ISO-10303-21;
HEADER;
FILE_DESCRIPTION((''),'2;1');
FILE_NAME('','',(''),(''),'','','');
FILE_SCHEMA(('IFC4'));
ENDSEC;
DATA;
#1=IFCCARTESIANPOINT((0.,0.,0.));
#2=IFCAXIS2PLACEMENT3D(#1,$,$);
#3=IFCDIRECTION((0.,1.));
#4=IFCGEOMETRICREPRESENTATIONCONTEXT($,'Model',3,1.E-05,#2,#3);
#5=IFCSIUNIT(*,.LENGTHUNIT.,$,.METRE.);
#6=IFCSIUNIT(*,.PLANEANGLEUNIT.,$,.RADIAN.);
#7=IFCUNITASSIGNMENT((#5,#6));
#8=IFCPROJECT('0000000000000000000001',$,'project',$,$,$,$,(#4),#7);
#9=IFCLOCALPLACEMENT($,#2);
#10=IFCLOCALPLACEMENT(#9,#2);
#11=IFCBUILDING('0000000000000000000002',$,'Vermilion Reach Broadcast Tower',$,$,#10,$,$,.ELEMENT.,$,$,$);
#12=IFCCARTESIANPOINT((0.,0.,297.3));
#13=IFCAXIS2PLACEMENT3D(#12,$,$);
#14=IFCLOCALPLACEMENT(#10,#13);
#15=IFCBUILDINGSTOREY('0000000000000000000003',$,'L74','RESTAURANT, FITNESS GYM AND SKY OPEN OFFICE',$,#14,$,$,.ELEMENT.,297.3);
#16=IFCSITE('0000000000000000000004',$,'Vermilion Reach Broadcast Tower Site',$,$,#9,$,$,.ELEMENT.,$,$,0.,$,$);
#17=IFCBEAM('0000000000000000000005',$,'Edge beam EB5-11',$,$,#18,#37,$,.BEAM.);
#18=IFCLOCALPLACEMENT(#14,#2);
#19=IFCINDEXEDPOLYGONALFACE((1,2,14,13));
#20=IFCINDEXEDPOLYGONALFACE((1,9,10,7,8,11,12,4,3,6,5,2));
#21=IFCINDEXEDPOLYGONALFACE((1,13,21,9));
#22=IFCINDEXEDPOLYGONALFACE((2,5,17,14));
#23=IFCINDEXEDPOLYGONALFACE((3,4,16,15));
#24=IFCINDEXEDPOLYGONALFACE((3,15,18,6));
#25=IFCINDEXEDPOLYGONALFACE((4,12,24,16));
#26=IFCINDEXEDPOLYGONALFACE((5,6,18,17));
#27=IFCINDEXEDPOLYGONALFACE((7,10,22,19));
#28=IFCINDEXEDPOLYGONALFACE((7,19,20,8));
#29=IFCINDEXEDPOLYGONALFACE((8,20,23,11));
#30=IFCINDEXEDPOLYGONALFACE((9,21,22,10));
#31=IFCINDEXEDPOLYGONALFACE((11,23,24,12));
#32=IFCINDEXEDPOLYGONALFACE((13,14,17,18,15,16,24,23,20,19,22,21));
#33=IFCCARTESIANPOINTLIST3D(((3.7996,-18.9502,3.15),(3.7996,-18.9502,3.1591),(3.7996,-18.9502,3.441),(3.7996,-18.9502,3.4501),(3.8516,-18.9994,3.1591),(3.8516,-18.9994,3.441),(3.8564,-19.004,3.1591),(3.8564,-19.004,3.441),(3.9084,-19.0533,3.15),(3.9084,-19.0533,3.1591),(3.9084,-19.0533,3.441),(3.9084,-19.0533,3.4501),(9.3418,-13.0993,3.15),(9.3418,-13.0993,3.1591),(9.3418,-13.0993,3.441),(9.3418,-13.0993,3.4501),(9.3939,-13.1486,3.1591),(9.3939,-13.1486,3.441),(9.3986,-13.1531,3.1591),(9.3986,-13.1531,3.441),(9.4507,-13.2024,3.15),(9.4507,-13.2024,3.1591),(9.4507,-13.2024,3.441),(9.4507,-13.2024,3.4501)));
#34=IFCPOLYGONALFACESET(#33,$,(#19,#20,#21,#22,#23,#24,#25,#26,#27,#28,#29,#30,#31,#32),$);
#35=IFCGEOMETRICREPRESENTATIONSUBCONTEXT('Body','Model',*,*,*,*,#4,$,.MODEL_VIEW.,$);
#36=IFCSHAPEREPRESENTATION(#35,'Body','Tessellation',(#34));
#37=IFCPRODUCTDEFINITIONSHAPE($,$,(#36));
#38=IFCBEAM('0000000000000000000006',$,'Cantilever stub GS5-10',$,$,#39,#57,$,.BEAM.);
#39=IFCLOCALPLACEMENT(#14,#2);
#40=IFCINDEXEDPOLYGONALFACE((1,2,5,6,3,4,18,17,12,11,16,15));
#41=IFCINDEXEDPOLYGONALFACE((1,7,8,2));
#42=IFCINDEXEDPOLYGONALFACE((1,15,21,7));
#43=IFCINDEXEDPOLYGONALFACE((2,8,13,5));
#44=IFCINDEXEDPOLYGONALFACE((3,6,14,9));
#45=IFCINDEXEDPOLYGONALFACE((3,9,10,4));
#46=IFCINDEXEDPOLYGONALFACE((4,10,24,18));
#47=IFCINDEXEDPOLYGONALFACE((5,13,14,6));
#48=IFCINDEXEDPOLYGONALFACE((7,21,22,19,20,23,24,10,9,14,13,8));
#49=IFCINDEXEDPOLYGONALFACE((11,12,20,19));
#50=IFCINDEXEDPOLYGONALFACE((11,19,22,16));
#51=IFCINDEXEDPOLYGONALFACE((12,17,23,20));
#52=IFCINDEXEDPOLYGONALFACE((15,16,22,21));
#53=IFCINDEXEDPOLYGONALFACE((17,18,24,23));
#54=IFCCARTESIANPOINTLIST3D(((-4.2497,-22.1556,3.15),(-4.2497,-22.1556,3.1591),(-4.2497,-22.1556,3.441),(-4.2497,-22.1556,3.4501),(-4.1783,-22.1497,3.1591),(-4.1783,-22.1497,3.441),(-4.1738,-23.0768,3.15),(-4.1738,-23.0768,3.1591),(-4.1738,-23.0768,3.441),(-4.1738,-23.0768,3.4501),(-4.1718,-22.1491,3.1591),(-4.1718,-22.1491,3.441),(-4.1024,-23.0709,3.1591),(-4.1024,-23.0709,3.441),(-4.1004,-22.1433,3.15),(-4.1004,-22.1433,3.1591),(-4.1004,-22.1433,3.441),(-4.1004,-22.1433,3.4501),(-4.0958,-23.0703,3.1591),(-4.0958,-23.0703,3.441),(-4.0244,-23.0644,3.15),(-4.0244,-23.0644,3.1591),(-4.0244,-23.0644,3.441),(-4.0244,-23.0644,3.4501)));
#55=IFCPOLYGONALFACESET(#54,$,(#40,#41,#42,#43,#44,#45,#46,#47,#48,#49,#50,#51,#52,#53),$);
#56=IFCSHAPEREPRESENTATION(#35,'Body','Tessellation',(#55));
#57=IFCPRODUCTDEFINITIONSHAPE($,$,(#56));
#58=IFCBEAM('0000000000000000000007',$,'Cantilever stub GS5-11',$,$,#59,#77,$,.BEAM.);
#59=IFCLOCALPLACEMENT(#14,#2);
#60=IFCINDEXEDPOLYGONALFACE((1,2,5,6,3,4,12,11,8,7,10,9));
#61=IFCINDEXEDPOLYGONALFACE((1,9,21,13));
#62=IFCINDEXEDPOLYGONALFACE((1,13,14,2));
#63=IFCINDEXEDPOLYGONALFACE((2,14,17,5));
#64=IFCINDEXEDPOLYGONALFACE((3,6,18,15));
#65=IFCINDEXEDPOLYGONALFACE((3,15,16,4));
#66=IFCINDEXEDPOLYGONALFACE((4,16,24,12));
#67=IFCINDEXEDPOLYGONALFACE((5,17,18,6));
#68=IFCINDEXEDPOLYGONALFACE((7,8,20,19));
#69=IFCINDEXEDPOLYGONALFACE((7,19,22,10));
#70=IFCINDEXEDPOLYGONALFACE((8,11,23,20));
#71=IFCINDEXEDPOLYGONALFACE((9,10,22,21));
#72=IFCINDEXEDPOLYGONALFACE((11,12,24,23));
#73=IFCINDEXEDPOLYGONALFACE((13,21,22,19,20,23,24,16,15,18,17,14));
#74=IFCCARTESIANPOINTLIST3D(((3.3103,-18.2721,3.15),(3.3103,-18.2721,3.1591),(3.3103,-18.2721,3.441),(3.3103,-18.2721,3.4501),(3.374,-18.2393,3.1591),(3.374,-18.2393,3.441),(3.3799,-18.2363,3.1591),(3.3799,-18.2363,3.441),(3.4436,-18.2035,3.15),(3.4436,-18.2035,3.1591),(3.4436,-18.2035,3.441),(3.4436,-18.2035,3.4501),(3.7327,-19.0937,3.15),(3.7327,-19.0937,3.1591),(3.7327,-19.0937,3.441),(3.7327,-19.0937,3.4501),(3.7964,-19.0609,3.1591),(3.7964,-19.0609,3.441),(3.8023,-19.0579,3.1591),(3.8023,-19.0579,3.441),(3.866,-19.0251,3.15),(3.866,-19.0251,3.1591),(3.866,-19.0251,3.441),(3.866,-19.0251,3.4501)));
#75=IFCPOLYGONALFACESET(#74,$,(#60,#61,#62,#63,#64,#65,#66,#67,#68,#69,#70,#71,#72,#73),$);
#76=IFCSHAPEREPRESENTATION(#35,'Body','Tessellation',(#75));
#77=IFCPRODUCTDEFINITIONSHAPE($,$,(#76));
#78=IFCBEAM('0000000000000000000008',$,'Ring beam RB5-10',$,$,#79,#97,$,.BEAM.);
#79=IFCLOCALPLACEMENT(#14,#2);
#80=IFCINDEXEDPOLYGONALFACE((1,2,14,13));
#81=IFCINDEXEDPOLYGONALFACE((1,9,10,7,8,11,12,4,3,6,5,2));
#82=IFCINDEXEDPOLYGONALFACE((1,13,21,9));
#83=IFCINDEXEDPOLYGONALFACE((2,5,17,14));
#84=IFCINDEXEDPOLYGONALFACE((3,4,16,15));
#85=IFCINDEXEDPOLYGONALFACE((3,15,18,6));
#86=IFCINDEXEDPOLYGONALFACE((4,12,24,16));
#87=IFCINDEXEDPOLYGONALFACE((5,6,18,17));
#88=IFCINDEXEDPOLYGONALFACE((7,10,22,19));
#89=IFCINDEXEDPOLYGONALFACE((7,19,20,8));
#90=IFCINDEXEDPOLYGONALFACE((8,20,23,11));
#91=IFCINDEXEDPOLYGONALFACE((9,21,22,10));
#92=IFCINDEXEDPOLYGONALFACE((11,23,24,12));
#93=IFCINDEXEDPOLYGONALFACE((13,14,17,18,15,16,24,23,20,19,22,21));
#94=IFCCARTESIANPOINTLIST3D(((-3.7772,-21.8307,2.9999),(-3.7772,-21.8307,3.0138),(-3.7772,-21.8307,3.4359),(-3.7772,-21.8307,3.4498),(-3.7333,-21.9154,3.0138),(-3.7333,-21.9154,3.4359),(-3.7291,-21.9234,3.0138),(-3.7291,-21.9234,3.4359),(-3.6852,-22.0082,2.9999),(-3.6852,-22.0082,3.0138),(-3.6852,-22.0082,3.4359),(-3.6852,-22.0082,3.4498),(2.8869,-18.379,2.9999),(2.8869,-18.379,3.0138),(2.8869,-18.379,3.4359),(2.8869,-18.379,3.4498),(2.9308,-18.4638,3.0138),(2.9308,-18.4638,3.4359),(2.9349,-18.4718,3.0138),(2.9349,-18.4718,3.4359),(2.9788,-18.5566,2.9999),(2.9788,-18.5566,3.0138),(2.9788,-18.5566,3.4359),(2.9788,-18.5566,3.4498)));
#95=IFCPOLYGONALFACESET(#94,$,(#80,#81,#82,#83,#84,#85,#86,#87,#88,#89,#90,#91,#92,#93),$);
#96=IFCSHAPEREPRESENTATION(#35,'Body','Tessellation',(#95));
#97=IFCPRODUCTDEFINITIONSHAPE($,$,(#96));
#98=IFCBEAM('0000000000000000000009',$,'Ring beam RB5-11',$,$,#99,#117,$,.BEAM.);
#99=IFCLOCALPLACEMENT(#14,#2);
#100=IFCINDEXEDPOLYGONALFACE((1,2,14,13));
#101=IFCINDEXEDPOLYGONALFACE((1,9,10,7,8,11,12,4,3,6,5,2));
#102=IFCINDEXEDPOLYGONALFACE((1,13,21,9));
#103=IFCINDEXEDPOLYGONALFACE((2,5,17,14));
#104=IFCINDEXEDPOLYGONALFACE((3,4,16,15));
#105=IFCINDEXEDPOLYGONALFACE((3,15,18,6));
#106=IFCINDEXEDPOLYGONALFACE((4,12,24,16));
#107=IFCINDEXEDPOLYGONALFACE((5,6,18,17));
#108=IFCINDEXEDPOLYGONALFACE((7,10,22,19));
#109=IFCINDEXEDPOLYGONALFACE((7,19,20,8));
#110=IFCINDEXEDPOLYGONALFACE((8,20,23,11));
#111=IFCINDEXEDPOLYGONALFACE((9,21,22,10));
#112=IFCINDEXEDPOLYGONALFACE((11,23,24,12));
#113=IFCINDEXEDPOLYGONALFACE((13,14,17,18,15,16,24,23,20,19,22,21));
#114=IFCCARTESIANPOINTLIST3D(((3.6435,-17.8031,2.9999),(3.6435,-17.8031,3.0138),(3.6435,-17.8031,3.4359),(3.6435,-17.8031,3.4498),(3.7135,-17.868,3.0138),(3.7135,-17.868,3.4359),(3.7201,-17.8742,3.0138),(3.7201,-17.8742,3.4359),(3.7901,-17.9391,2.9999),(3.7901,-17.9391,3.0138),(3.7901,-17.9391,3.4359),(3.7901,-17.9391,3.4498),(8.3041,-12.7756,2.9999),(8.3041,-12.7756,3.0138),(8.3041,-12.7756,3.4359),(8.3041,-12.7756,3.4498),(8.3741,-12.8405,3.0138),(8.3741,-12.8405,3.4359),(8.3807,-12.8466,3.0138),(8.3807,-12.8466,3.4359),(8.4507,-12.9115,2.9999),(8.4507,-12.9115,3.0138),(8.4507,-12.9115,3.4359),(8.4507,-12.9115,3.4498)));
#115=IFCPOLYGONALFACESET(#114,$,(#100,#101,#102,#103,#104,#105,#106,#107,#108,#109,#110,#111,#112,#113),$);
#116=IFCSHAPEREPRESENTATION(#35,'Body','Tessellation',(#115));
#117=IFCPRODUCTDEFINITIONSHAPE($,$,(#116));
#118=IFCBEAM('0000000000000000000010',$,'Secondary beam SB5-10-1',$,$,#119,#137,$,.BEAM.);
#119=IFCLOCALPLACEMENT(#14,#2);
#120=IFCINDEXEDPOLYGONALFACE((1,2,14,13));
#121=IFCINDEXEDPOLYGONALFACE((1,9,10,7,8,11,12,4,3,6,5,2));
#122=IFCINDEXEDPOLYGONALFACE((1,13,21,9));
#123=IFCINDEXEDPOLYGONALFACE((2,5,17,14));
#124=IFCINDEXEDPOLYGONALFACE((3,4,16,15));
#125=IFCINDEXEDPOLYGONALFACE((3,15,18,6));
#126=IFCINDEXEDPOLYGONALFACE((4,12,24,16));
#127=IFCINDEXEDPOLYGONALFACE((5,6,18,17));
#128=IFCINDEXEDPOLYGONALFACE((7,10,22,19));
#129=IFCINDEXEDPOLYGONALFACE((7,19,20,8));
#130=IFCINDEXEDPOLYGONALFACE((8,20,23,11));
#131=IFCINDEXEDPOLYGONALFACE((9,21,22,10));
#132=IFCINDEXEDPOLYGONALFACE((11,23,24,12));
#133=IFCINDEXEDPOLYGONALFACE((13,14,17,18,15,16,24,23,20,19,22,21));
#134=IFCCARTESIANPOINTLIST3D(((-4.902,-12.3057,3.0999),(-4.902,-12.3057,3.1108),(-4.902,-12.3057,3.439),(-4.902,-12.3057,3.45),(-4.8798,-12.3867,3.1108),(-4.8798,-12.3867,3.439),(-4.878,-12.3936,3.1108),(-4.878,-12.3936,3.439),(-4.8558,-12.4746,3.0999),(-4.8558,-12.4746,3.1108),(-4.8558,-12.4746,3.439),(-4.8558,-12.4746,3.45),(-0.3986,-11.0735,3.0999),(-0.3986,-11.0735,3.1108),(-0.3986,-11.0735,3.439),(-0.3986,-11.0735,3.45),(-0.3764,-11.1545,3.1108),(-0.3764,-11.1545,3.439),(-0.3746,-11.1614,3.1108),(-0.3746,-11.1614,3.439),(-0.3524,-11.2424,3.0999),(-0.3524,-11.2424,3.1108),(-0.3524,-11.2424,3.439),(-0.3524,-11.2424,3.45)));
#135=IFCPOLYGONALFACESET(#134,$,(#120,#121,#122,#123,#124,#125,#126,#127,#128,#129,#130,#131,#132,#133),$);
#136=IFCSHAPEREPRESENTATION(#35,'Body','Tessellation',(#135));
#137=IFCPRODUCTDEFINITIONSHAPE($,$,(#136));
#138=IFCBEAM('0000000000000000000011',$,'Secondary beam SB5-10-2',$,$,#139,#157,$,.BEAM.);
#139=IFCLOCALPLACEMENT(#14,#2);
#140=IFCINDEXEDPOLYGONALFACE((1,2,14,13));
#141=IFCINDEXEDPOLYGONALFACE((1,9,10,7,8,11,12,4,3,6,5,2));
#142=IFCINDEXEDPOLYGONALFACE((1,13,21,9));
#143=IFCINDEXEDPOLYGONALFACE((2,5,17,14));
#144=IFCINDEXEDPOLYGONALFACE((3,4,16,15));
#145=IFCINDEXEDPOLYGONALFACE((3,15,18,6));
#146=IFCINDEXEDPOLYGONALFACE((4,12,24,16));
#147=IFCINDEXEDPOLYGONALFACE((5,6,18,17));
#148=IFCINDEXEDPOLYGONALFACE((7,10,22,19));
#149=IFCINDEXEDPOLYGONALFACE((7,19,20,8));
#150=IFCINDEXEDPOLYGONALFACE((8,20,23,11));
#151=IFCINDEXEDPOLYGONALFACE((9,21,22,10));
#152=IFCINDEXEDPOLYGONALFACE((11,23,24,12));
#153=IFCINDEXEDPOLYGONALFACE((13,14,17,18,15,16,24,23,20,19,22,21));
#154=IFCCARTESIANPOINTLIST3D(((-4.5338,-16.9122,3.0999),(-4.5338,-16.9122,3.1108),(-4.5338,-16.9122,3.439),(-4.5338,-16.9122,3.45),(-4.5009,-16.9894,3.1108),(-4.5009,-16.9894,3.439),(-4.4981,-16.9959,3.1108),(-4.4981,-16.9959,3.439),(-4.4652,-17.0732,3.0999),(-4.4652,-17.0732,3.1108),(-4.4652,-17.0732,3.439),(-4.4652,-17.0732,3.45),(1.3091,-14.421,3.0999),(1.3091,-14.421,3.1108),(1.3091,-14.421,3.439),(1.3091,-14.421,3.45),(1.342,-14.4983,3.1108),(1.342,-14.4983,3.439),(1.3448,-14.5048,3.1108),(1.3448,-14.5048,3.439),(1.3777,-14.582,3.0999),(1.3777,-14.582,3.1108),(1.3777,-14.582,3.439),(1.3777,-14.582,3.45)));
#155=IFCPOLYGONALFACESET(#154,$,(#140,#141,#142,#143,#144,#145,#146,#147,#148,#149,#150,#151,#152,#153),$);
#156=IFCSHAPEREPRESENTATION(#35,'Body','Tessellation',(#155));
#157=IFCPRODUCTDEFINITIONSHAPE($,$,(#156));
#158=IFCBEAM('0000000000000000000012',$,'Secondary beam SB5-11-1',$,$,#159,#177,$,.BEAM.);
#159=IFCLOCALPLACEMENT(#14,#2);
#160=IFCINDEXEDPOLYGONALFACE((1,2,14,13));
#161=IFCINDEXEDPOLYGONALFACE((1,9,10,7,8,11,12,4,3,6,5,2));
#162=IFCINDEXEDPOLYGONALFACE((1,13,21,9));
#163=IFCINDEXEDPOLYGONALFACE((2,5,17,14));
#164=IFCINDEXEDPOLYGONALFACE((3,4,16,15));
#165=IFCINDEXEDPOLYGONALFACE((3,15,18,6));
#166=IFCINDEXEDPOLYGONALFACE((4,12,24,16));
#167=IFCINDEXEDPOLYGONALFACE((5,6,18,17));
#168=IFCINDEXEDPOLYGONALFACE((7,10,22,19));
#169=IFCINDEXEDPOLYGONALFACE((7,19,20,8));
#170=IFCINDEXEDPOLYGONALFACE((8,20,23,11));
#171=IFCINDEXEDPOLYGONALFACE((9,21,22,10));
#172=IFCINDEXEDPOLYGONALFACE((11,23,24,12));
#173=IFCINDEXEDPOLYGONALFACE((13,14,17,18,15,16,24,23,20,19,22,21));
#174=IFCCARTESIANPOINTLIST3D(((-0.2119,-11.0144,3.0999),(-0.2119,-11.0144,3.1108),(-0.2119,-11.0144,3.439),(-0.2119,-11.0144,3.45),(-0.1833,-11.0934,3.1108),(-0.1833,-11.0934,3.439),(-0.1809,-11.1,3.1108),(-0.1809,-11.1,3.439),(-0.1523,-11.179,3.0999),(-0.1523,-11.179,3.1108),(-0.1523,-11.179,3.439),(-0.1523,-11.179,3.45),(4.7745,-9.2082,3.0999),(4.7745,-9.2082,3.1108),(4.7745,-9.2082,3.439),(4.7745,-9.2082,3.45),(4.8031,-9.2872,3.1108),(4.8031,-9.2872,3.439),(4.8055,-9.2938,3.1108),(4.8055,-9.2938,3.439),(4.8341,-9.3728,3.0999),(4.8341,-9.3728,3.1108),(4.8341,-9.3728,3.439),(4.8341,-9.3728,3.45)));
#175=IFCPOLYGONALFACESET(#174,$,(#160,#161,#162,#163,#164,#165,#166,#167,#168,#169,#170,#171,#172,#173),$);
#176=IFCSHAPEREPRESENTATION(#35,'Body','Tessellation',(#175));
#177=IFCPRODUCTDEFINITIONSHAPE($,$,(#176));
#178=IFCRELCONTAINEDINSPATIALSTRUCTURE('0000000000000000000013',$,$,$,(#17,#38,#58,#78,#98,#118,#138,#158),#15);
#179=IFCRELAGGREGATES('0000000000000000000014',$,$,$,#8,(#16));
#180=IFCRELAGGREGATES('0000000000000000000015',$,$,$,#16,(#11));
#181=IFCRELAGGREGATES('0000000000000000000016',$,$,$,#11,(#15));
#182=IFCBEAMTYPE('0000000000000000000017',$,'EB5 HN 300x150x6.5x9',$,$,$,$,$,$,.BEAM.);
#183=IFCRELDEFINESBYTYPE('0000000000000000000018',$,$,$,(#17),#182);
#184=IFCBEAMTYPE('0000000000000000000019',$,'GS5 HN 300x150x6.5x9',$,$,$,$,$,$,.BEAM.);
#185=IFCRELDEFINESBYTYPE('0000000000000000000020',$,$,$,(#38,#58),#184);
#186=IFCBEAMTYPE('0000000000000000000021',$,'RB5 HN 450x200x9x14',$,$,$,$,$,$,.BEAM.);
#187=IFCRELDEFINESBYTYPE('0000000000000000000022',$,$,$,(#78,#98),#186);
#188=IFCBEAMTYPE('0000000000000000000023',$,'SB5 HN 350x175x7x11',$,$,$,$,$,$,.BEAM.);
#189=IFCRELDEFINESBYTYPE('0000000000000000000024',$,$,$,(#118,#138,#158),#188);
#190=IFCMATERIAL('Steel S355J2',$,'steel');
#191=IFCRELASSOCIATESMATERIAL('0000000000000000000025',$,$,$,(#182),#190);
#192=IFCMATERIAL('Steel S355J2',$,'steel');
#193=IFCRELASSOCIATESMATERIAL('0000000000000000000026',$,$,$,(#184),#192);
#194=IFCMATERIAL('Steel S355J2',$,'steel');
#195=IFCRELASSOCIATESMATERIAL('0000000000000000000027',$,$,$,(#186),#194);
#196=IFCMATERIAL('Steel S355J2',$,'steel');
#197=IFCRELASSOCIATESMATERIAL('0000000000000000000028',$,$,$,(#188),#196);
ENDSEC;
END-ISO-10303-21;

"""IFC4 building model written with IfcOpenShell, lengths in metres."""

from ifc_helpers import new_model, si_unit, direction, frame, origin, origin_2d, place, context, subcontext, project, spatial, i_section, extrude, material, material_profile, profile_set, type_object, element, save


model = new_model("IFC4")

# Units and contexts
model_context = context("Model", 3, precision=1e-05, world=origin(), true_north=direction((0.0, 1.0)))
body_context = subcontext(model_context, "Body", "Model", "MODEL_VIEW")
ifc_project = project(units=[si_unit("LENGTHUNIT", "METRE"), si_unit("PLANEANGLEUNIT", "RADIAN")], contexts=[model_context])

# Site, building, storey
site_placement = place(None, origin())
site = spatial("IfcSite", under=ifc_project, at=site_placement, Name="Vermilion Reach Broadcast Tower Site", CompositionType="ELEMENT", RefElevation=0.0)
building_placement = place(site_placement, origin())
building = spatial("IfcBuilding", under=site, at=building_placement, Name="Vermilion Reach Broadcast Tower", CompositionType="ELEMENT")
storey_placement = place(building_placement, frame((0.0, 0.0, 297.3)))
storey = spatial("IfcBuildingStorey", under=building, at=storey_placement, Name="L74", Description="RESTAURANT, FITNESS GYM AND SKY OPEN OFFICE", CompositionType="ELEMENT", Elevation=297.3)

# Beams
ifc_material_1 = material(Name="Steel S355J2", Category="steel")
ifc_material_profile_1 = material_profile(ifc_material_1, i_section(OverallWidth=0.1499, OverallDepth=0.3, WebThickness=0.0066, FlangeThickness=0.009, at=origin_2d()), Name="S355J2 HN 300x150x6.5x9")
ifc_profile_set_1 = profile_set([ifc_material_profile_1], Name="Steel S355J2")
beam_type_1 = type_object("IfcBeamType", Name="EB5 HN 300x150x6.5x9", PredefinedType="BEAM", material=ifc_profile_set_1)
beam_1_placement = place(storey_placement, frame((3.854, -19.0017, 3.3), z_axis=(0.687702, 0.725993, 0.0), x_axis=(-0.725993, 0.687702, 0.0)))
element("IfcBeam", 1, at=beam_1_placement, inside=storey, type_object=beam_type_1, Name="Edge beam EB5-11", PredefinedType="BEAM", context=body_context, shape_type="SweptSolid", body=[
    extrude(i_section(OverallWidth=0.1499, OverallDepth=0.3, WebThickness=0.0066, FlangeThickness=0.009, at=origin_2d()), origin(), (0.0, 0.0, 1.0), 8.0591),
])
ifc_material_2 = material(Name="Steel S355J2", Category="steel")
ifc_material_profile_2 = material_profile(ifc_material_2, i_section(OverallWidth=0.1499, OverallDepth=0.3, WebThickness=0.0066, FlangeThickness=0.009, at=origin_2d()), Name="S355J2 HN 300x150x6.5x9")
ifc_profile_set_2 = profile_set([ifc_material_profile_2], Name="Steel S355J2")
beam_type_2 = type_object("IfcBeamType", Name="GS5 HN 300x150x6.5x9", PredefinedType="BEAM", material=ifc_profile_set_2)
beam_2_placement = place(storey_placement, frame((-4.175, -22.1494, 3.3), z_axis=(0.082149, -0.99662, 0.0), x_axis=(0.99662, 0.082149, 0.0)))
element("IfcBeam", 2, at=beam_2_placement, inside=storey, type_object=beam_type_2, Name="Cantilever stub GS5-10", PredefinedType="BEAM", context=body_context, shape_type="SweptSolid", body=[
    extrude(i_section(OverallWidth=0.1499, OverallDepth=0.3, WebThickness=0.0066, FlangeThickness=0.009, at=origin_2d()), origin(), (0.0, 0.0, 1.0), 0.9243),
])
beam_3_placement = place(storey_placement, frame((3.377, -18.2378, 3.3), z_axis=(0.457229, -0.889349, 0.0), x_axis=(0.889349, 0.457229, 0.0)))
element("IfcBeam", 3, at=beam_3_placement, inside=storey, type_object=beam_type_2, Name="Cantilever stub GS5-11", PredefinedType="BEAM", context=body_context, shape_type="SweptSolid", body=[
    extrude(i_section(OverallWidth=0.1499, OverallDepth=0.3, WebThickness=0.0066, FlangeThickness=0.009, at=origin_2d()), origin(), (0.0, 0.0, 1.0), 0.9238),
])
ifc_material_3 = material(Name="Steel S355J2", Category="steel")
ifc_material_profile_3 = material_profile(ifc_material_3, i_section(OverallWidth=0.2, OverallDepth=0.45, WebThickness=0.009, FlangeThickness=0.0139, at=origin_2d()), Name="S355J2 HN 450x200x9x14")
ifc_profile_set_3 = profile_set([ifc_material_profile_3], Name="Steel S355J2")
beam_type_3 = type_object("IfcBeamType", Name="RB5 HN 450x200x9x14", PredefinedType="BEAM", material=ifc_profile_set_3)
beam_4_placement = place(storey_placement, frame((-3.7312, -21.9194, 3.2249), z_axis=(0.88796, 0.45992, 0.0), x_axis=(-0.45992, 0.88796, 0.0)))
element("IfcBeam", 4, at=beam_4_placement, inside=storey, type_object=beam_type_3, Name="Ring beam RB5-10", PredefinedType="BEAM", context=body_context, shape_type="SweptSolid", body=[
    extrude(i_section(OverallWidth=0.2, OverallDepth=0.45, WebThickness=0.009, FlangeThickness=0.0139, at=origin_2d()), origin(), (0.0, 0.0, 1.0), 7.5049),
])
beam_5_placement = place(storey_placement, frame((3.7168, -17.8711, 3.2249), z_axis=(0.679838, 0.733363, 0.0), x_axis=(-0.733363, 0.679838, 0.0)))
element("IfcBeam", 5, at=beam_5_placement, inside=storey, type_object=beam_type_3, Name="Ring beam RB5-11", PredefinedType="BEAM", context=body_context, shape_type="SweptSolid", body=[
    extrude(i_section(OverallWidth=0.2, OverallDepth=0.45, WebThickness=0.009, FlangeThickness=0.0139, at=origin_2d()), origin(), (0.0, 0.0, 1.0), 6.8555),
])
ifc_material_4 = material(Name="Steel S355J2", Category="steel")
ifc_material_profile_4 = material_profile(ifc_material_4, i_section(OverallWidth=0.175, OverallDepth=0.3501, WebThickness=0.0071, FlangeThickness=0.011, at=origin_2d()), Name="S355J2 HN 350x175x7x11")
ifc_profile_set_4 = profile_set([ifc_material_profile_4], Name="Steel S355J2")
beam_type_4 = type_object("IfcBeamType", Name="SB5 HN 350x175x7x11", PredefinedType="BEAM", material=ifc_profile_set_4)
beam_6_placement = place(storey_placement, frame((-4.8789, -12.3901, 3.2749), z_axis=(0.964547, 0.263909, 0.0), x_axis=(-0.263909, 0.964547, 0.0)))
element("IfcBeam", 6, at=beam_6_placement, inside=storey, type_object=beam_type_4, Name="Secondary beam SB5-10-1", PredefinedType="BEAM", context=body_context, shape_type="SweptSolid", body=[
    extrude(i_section(OverallWidth=0.175, OverallDepth=0.3501, WebThickness=0.0071, FlangeThickness=0.011, at=origin_2d()), origin(), (0.0, 0.0, 1.0), 4.6689),
])
beam_7_placement = place(storey_placement, frame((-4.4995, -16.9927, 3.2749), z_axis=(0.919881, 0.392198, 0.0), x_axis=(-0.392198, 0.919881, 0.0)))
element("IfcBeam", 7, at=beam_7_placement, inside=storey, type_object=beam_type_4, Name="Secondary beam SB5-10-2", PredefinedType="BEAM", context=body_context, shape_type="SweptSolid", body=[
    extrude(i_section(OverallWidth=0.175, OverallDepth=0.3501, WebThickness=0.0071, FlangeThickness=0.011, at=origin_2d()), origin(), (0.0, 0.0, 1.0), 6.3518),
])
beam_8_placement = place(storey_placement, frame((-0.1821, -11.0967, 3.2749), z_axis=(0.94022, 0.340567, 0.0), x_axis=(-0.340567, 0.94022, 0.0)))
element("IfcBeam", 8, at=beam_8_placement, inside=storey, type_object=beam_type_4, Name="Secondary beam SB5-11-1", PredefinedType="BEAM", context=body_context, shape_type="SweptSolid", body=[
    extrude(i_section(OverallWidth=0.175, OverallDepth=0.3501, WebThickness=0.0071, FlangeThickness=0.011, at=origin_2d()), origin(), (0.0, 0.0, 1.0), 5.3035),
])

save(model, "model.ifc")
